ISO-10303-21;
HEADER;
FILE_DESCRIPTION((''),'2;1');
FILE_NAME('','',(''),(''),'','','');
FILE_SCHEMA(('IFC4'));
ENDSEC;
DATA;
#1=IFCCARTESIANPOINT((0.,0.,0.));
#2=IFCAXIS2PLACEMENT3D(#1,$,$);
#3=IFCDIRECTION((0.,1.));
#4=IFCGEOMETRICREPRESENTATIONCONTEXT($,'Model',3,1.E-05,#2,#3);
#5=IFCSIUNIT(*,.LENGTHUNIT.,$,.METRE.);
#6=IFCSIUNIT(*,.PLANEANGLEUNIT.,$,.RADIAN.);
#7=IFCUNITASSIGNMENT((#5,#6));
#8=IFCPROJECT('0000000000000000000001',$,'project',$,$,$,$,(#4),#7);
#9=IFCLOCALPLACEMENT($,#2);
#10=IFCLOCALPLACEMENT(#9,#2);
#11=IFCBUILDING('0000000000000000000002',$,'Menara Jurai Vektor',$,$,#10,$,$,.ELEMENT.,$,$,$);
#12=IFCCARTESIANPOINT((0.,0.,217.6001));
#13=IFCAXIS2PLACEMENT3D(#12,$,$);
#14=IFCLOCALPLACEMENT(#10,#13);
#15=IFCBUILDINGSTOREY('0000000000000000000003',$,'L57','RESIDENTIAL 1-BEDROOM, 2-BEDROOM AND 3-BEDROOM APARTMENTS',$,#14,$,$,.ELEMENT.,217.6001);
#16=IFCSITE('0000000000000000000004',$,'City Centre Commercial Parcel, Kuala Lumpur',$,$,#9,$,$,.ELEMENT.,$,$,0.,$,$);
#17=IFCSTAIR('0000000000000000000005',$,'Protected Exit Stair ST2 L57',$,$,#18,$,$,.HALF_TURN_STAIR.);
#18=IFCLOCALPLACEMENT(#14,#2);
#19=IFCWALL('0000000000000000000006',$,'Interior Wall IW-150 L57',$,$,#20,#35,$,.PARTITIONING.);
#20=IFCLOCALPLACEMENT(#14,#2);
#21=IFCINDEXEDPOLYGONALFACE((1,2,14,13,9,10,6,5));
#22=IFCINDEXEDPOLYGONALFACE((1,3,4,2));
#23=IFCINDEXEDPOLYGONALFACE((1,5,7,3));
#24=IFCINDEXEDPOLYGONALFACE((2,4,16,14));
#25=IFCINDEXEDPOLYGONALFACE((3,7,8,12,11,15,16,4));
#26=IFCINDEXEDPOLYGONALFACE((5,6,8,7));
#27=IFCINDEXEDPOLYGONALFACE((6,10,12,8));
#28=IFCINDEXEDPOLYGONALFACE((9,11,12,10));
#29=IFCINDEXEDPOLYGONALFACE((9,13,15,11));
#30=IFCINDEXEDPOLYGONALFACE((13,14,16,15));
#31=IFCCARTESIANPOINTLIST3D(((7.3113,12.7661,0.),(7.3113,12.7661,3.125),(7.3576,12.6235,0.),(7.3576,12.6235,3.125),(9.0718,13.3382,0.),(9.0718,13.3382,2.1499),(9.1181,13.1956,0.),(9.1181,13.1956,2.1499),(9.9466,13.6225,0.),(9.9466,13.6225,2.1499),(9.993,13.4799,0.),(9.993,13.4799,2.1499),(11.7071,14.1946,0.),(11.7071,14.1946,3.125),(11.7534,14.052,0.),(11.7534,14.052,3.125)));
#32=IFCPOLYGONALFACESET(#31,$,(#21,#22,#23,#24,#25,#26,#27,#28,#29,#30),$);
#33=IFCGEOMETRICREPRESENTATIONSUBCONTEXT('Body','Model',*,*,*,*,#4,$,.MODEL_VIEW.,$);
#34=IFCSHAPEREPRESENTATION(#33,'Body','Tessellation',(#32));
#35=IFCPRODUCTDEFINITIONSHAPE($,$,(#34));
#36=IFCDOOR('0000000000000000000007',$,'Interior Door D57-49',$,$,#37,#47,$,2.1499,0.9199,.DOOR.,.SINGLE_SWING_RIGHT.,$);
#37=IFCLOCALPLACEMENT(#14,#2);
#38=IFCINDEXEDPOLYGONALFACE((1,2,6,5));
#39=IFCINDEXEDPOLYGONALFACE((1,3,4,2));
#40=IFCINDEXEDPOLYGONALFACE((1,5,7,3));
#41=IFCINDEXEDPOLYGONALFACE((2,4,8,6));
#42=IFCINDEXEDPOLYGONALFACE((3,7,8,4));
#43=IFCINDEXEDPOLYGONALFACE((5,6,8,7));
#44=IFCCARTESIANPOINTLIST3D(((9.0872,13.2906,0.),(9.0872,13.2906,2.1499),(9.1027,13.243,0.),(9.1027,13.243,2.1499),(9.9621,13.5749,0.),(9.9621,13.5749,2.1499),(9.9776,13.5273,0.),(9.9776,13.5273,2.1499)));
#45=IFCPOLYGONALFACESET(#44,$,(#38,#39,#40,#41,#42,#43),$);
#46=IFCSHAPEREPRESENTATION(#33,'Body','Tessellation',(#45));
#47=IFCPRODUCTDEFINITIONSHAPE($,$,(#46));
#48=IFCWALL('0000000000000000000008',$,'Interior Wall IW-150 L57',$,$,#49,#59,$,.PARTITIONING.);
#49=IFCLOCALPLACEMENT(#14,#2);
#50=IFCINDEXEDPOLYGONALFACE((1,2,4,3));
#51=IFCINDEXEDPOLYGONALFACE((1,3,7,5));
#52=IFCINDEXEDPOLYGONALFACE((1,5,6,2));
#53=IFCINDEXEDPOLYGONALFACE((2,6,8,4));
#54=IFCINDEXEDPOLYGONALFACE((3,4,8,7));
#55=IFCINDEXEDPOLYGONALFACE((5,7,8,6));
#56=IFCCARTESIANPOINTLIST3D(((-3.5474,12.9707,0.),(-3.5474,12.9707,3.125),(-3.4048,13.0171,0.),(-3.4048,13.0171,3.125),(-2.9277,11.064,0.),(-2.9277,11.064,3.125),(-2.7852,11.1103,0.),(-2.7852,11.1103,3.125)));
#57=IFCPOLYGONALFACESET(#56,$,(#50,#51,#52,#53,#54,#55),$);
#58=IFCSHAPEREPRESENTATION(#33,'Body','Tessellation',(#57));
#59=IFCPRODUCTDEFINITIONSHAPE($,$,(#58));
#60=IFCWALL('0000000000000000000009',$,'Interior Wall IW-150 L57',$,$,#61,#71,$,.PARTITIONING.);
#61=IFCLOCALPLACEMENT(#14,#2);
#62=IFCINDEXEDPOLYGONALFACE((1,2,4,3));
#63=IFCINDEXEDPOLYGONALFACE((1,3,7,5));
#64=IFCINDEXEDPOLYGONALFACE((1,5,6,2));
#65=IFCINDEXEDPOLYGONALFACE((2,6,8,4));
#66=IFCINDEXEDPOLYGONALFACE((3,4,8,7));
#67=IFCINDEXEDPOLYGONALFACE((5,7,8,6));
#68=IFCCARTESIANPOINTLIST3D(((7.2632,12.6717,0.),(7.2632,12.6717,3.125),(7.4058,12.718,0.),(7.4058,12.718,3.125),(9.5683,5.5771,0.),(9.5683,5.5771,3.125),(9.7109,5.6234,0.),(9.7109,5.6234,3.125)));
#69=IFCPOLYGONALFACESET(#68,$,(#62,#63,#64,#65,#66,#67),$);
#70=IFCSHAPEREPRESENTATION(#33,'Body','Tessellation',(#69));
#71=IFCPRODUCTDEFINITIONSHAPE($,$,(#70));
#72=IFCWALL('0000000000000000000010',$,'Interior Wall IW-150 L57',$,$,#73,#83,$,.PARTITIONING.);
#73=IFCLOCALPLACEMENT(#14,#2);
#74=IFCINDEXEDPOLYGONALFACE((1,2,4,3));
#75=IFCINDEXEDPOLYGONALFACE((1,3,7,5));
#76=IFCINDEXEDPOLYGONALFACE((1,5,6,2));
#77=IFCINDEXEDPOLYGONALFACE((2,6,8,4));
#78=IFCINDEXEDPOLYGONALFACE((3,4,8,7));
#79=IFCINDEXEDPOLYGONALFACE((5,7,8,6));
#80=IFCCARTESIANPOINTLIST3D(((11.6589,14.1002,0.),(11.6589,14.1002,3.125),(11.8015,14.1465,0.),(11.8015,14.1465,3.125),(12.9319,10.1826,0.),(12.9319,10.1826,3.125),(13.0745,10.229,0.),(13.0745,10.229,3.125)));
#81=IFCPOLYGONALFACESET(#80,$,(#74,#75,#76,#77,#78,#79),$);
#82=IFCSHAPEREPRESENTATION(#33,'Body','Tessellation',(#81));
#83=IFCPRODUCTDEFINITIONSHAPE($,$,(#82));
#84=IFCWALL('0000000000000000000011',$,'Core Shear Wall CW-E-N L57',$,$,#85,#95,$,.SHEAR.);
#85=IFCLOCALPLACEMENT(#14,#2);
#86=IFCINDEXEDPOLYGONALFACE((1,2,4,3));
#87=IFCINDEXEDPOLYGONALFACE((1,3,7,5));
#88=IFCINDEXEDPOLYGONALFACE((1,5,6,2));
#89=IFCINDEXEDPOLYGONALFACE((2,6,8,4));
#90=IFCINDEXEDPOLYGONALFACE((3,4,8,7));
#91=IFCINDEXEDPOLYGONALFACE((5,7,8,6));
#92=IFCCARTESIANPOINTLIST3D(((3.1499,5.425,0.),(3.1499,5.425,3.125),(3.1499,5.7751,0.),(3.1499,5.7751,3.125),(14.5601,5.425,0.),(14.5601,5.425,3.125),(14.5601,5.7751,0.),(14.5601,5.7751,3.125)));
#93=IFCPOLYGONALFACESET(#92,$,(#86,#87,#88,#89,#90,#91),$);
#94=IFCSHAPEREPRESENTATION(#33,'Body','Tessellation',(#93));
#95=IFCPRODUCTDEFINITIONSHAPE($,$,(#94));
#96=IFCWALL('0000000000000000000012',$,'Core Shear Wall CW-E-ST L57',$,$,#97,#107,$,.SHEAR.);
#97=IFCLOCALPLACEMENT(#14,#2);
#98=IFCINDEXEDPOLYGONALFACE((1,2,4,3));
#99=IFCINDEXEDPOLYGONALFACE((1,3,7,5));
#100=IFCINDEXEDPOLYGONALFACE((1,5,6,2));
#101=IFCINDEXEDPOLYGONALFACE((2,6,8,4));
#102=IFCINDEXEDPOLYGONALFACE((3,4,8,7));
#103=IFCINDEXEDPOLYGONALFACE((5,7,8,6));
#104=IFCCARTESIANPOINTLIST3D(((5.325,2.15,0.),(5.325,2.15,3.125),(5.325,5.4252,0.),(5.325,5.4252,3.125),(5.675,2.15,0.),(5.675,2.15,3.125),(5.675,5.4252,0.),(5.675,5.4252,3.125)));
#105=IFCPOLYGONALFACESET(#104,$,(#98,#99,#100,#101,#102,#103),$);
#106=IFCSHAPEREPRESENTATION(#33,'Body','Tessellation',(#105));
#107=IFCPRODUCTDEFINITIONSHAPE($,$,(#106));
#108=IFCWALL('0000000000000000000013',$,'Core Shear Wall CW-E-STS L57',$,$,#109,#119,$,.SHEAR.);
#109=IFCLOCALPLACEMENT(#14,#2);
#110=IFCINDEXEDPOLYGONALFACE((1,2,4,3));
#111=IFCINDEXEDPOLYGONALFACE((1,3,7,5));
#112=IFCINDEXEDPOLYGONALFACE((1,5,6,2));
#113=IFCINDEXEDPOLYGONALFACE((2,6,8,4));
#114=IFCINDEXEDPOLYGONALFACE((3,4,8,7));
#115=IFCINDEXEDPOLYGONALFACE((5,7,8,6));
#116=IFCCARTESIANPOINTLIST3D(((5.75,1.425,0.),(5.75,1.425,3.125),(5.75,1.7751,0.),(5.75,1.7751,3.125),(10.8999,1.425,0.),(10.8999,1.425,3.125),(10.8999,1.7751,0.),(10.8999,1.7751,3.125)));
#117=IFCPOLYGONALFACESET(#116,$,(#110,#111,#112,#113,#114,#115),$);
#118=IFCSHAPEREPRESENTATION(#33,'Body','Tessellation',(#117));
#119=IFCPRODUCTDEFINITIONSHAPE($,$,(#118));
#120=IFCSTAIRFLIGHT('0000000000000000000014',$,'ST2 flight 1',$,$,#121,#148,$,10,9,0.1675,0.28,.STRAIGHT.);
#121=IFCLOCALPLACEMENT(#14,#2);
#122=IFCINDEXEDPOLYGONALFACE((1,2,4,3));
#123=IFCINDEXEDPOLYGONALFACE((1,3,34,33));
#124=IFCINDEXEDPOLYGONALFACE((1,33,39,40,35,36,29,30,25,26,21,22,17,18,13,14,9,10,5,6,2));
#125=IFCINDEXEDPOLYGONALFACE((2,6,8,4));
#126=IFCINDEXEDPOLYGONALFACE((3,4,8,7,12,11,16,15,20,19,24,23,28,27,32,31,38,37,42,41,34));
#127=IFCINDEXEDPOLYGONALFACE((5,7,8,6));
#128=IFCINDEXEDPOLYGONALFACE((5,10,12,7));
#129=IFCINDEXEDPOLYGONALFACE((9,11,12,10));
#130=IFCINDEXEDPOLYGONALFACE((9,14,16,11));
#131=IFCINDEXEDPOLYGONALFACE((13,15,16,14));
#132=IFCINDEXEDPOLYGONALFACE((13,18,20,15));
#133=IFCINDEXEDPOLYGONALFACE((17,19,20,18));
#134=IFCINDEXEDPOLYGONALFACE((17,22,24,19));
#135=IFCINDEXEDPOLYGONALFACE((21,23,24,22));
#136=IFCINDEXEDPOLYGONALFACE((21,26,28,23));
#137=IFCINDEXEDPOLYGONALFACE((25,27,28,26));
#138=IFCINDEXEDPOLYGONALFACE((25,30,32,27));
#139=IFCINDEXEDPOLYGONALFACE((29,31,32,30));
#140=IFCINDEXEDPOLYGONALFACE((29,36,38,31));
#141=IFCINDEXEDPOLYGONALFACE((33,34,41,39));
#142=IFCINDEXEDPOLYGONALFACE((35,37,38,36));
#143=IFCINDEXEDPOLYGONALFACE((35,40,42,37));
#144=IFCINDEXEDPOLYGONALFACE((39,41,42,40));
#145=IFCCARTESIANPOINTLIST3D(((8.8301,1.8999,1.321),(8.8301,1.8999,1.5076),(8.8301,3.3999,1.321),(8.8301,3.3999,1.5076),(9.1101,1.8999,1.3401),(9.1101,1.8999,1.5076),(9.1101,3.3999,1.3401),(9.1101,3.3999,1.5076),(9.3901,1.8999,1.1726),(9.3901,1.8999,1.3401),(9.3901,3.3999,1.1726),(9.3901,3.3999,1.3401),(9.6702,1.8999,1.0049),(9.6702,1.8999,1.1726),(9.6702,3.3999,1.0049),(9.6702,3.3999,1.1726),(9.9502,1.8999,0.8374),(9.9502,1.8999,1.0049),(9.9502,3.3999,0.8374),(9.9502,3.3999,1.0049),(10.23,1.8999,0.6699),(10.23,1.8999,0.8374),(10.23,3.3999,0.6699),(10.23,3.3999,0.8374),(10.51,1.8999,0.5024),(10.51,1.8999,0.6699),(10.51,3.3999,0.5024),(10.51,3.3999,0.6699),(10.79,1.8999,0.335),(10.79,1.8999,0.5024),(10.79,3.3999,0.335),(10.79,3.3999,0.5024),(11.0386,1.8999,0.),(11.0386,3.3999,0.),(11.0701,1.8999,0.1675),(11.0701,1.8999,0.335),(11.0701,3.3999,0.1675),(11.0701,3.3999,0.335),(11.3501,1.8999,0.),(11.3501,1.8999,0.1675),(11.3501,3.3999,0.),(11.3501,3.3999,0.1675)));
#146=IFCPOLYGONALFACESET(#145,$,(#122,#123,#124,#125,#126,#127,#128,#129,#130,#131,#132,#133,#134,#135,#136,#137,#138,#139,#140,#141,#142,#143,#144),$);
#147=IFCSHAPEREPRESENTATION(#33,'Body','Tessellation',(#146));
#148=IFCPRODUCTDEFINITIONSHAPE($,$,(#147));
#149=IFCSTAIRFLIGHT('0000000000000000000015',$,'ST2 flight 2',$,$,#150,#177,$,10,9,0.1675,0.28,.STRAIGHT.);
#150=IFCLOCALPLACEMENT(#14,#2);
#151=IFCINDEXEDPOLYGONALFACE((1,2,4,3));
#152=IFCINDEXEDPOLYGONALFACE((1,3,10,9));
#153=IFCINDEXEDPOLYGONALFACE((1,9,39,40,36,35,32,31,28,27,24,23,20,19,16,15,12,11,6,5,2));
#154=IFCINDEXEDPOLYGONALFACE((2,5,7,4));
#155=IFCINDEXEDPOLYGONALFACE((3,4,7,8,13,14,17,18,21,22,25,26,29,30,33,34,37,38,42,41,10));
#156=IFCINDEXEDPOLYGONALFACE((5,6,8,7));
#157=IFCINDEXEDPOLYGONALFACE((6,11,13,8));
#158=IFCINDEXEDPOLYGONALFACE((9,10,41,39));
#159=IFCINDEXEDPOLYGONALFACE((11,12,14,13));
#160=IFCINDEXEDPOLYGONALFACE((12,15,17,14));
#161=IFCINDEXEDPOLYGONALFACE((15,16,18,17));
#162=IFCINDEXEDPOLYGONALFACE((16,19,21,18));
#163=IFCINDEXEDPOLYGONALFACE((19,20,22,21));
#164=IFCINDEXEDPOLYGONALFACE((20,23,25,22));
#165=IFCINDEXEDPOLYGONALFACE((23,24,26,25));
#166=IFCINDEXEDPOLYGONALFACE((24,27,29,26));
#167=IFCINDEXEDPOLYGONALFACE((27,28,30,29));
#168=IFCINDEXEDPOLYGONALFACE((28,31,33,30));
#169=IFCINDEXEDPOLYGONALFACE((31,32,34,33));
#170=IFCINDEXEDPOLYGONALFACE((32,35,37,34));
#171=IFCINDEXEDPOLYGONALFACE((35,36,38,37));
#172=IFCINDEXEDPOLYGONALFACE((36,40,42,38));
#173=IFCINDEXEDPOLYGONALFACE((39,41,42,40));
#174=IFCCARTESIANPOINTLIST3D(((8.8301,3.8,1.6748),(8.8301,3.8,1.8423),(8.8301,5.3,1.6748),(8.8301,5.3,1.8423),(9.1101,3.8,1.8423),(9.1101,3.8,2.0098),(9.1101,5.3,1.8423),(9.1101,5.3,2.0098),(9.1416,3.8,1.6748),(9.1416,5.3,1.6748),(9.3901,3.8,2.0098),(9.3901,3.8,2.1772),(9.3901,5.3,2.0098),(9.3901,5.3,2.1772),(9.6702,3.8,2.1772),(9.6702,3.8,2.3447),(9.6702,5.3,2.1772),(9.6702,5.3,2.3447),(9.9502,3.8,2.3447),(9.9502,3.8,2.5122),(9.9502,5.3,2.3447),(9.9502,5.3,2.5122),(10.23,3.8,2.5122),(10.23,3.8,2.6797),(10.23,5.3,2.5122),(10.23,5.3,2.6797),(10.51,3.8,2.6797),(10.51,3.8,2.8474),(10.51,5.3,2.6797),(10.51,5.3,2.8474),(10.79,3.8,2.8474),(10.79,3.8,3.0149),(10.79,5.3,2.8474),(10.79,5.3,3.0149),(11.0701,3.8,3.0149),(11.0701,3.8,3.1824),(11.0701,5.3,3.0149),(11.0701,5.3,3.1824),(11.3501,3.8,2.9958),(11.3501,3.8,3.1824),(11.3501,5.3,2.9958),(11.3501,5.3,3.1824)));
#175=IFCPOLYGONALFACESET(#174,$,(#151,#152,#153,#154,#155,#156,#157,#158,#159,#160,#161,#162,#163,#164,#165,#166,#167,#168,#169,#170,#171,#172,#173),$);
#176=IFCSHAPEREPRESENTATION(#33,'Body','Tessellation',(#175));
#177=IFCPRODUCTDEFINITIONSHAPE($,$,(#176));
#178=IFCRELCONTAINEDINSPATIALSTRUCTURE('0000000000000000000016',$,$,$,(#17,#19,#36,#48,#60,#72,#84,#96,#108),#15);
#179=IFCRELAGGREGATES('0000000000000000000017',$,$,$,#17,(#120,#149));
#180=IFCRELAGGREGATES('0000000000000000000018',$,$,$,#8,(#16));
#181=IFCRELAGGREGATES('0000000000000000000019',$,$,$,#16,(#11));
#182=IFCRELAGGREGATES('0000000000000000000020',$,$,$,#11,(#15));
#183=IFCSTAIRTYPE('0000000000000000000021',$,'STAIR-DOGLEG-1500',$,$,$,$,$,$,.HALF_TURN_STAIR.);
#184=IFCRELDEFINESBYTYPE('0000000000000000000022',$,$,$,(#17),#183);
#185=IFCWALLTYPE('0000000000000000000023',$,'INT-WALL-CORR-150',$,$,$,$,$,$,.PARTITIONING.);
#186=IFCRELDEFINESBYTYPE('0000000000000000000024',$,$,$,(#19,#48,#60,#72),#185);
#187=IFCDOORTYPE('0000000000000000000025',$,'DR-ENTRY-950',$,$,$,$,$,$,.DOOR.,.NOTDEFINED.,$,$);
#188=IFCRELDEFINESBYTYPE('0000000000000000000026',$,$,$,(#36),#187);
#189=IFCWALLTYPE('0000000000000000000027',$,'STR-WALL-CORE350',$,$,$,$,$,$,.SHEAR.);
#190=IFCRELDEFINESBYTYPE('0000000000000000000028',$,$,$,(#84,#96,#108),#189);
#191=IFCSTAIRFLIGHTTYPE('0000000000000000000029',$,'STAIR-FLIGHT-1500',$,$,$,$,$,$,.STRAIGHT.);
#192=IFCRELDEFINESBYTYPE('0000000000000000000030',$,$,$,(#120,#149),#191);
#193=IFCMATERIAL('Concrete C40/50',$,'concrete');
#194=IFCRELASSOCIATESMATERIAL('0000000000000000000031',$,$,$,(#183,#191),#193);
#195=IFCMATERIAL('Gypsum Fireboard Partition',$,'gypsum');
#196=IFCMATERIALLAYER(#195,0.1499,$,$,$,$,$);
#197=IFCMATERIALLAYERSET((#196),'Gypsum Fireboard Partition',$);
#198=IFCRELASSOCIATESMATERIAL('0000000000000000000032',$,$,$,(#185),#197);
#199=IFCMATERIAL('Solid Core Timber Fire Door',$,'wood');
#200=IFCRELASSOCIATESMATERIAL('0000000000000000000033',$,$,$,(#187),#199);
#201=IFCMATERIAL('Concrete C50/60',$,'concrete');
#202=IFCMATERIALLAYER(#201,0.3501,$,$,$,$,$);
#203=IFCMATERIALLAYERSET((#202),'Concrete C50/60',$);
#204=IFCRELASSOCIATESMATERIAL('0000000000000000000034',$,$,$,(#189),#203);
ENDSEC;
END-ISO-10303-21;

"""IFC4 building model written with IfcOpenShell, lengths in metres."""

from ifc_helpers import new_model, si_unit, direction, frame, frame_2d, origin, place, context, subcontext, project, spatial, polyline, rectangle, outline, extrude, material, layer, layer_set, type_object, element, fill, aggregate, save


model = new_model("IFC4")

# Units and contexts
model_context = context("Model", 3, precision=1e-05, world=origin(), true_north=direction((0.0, 1.0)))
body_context = subcontext(model_context, "Body", "Model", "MODEL_VIEW")
ifc_project = project(units=[si_unit("LENGTHUNIT", "METRE"), si_unit("PLANEANGLEUNIT", "RADIAN")], contexts=[model_context])

# Site, building, storey
site_placement = place(None, origin())
site = spatial("IfcSite", under=ifc_project, at=site_placement, Name="City Centre Commercial Parcel, Kuala Lumpur", CompositionType="ELEMENT", RefElevation=0.0)
building_placement = place(site_placement, origin())
building = spatial("IfcBuilding", under=site, at=building_placement, Name="Menara Jurai Vektor", CompositionType="ELEMENT")
storey_placement = place(building_placement, frame((0.0, 0.0, 217.6001)))
storey = spatial("IfcBuildingStorey", under=building, at=storey_placement, Name="L57", Description="RESIDENTIAL 1-BEDROOM, 2-BEDROOM AND 3-BEDROOM APARTMENTS", CompositionType="ELEMENT", Elevation=217.6001)

# Shared definitions
ifc_material_1 = material(Name="Concrete C50/60", Category="concrete")

# Stair
ifc_material_2 = material(Name="Concrete C40/50", Category="concrete")
stair_type = type_object("IfcStairType", Name="STAIR-DOGLEG-1500", PredefinedType="HALF_TURN_STAIR", material=ifc_material_2)
stair_1_placement = place(storey_placement, origin())
stair_1 = element("IfcStair", 1, at=stair_1_placement, inside=storey, type_object=stair_type, Name="Protected Exit Stair ST2 L57", PredefinedType="HALF_TURN_STAIR")

# Shared definitions
ifc_material_3 = material(Name="Gypsum Fireboard Partition", Category="gypsum")
ifc_layer_1 = layer(ifc_material_3, 0.1499)
ifc_layer_set_1 = layer_set([ifc_layer_1], Name="Gypsum Fireboard Partition")
wall_type_1 = type_object("IfcWallType", Name="INT-WALL-CORR-150", PredefinedType="PARTITIONING", material=ifc_layer_set_1)

# Shared definitions
ifc_material_4 = material(Name="Solid Core Timber Fire Door", Category="wood")
door_type_1 = type_object("IfcDoorType", Name="DR-ENTRY-950", OperationType="NOTDEFINED", PredefinedType="DOOR", material=ifc_material_4)

# Wall, opening, door
wall_1_placement = place(storey_placement, frame((7.3345, 12.6948, 0.0), z_axis=(0.0, 0.0, 1.0), x_axis=(0.951044, 0.309056, 0.0)))
wall_1 = element("IfcWall", 2, at=wall_1_placement, inside=storey, type_object=wall_type_1, Name="Interior Wall IW-150 L57", PredefinedType="PARTITIONING", context=body_context, shape_type="SweptSolid", body=[
    extrude(rectangle(XDim=4.6221, YDim=0.1499, at=frame_2d((2.311, 0.0))), origin(), (0.0, 0.0, 1.0), 3.125),
])
opening_1_placement = place(wall_1_placement, frame((1.8511, 0.0, 0.0)))
opening_1 = element("IfcOpeningElement", 3, at=opening_1_placement, cuts=wall_1, PredefinedType="OPENING", context=body_context, shape_type="SweptSolid", body=[
    extrude(rectangle(XDim=0.9199, YDim=2.1499, at=frame_2d((0.46, 1.075))), frame((0.0, 0.085, 0.0), z_axis=(0.0, -1.0, 0.0), x_axis=(1.0, 0.0, 0.0)), (0.0, 0.0, 1.0), 0.1699),
])
door_1_placement = place(opening_1_placement, origin())
door_1 = element("IfcDoor", 4, at=door_1_placement, inside=storey, type_object=door_type_1, Name="Interior Door D57-49", OperationType="SINGLE_SWING_RIGHT", OverallHeight=2.1499, OverallWidth=0.9199, PredefinedType="DOOR", context=body_context, shape_type="SweptSolid", body=[
    extrude(rectangle(XDim=0.9199, YDim=2.1499, at=frame_2d((0.46, 1.075))), frame((0.0, 0.0249, 0.0), z_axis=(0.0, -1.0, 0.0), x_axis=(1.0, 0.0, 0.0)), (0.0, 0.0, 1.0), 0.05),
])
fill(opening_1, door_1)

# Walls
wall_2_placement = place(storey_placement, frame((-2.8564, 11.0872, 0.0), z_axis=(0.0, 0.0, 1.0), x_axis=(-0.309059, 0.951043, 0.0)))
element("IfcWall", 5, at=wall_2_placement, inside=storey, type_object=wall_type_1, Name="Interior Wall IW-150 L57", PredefinedType="PARTITIONING", context=body_context, shape_type="SweptSolid", body=[
    extrude(rectangle(XDim=2.0049, YDim=0.1499, at=frame_2d((1.0024, 0.0))), origin(), (0.0, 0.0, 1.0), 3.125),
])
wall_3_placement = place(storey_placement, frame((9.6396, 5.6001, 0.0), z_axis=(0.0, 0.0, 1.0), x_axis=(-0.309012, 0.951058, 0.0)))
element("IfcWall", 6, at=wall_3_placement, inside=storey, type_object=wall_type_1, Name="Interior Wall IW-150 L57", PredefinedType="PARTITIONING", context=body_context, shape_type="SweptSolid", body=[
    extrude(rectangle(XDim=7.4597, YDim=0.1499, at=frame_2d((3.73, 0.0))), origin(), (0.0, 0.0, 1.0), 3.125),
])
wall_4_placement = place(storey_placement, frame((13.0032, 10.2058, 0.0), z_axis=(0.0, 0.0, 1.0), x_axis=(-0.309035, 0.951051, 0.0)))
element("IfcWall", 7, at=wall_4_placement, inside=storey, type_object=wall_type_1, Name="Interior Wall IW-150 L57", PredefinedType="PARTITIONING", context=body_context, shape_type="SweptSolid", body=[
    extrude(rectangle(XDim=4.1191, YDim=0.1499, at=frame_2d((2.0596, 0.0))), origin(), (0.0, 0.0, 1.0), 3.125),
])
ifc_layer_2 = layer(ifc_material_1, 0.3501)
ifc_layer_set_2 = layer_set([ifc_layer_2], Name="Concrete C50/60")
wall_type_2 = type_object("IfcWallType", Name="STR-WALL-CORE350", PredefinedType="SHEAR", material=ifc_layer_set_2)
wall_5_placement = place(storey_placement, frame((3.1499, 5.6001, 0.0), z_axis=(0.0, 0.0, 1.0), x_axis=(1.0, 0.0, 0.0)))
element("IfcWall", 8, at=wall_5_placement, inside=storey, type_object=wall_type_2, Name="Core Shear Wall CW-E-N L57", PredefinedType="SHEAR", context=body_context, shape_type="SweptSolid", body=[
    extrude(rectangle(XDim=11.4102, YDim=0.3501, at=frame_2d((5.7051, 0.0))), origin(), (0.0, 0.0, 1.0), 3.125),
])
wall_6_placement = place(storey_placement, frame((5.5, 2.1499, 0.0), z_axis=(0.0, 0.0, 1.0), x_axis=(0.0, 1.0, 0.0)))
element("IfcWall", 9, at=wall_6_placement, inside=storey, type_object=wall_type_2, Name="Core Shear Wall CW-E-ST L57", PredefinedType="SHEAR", context=body_context, shape_type="SweptSolid", body=[
    extrude(rectangle(XDim=3.2751, YDim=0.3501, at=frame_2d((1.6377, 0.0))), origin(), (0.0, 0.0, 1.0), 3.125),
])
wall_7_placement = place(storey_placement, frame((5.75, 1.6001, 0.0), z_axis=(0.0, 0.0, 1.0), x_axis=(1.0, 0.0, 0.0)))
element("IfcWall", 10, at=wall_7_placement, inside=storey, type_object=wall_type_2, Name="Core Shear Wall CW-E-STS L57", PredefinedType="SHEAR", context=body_context, shape_type="SweptSolid", body=[
    extrude(rectangle(XDim=5.1499, YDim=0.3501, at=frame_2d((2.575, 0.0))), origin(), (0.0, 0.0, 1.0), 3.125),
])

# Stair flights
stair_flight_type = type_object("IfcStairFlightType", Name="STAIR-FLIGHT-1500", PredefinedType="STRAIGHT", material=ifc_material_2)
stair_flight_1_placement = place(storey_placement, frame((11.3501, 2.6499, 0.0), z_axis=(0.0, 0.0, 1.0), x_axis=(-1.0, 0.0, 0.0)))
stair_flight_1 = element("IfcStairFlight", 11, at=stair_flight_1_placement, type_object=stair_flight_type, Name="ST2 flight 1", NumberOfRisers=10, NumberOfTreads=9, PredefinedType="STRAIGHT", RiserHeight=0.1675, TreadLength=0.28, context=body_context, shape_type="SweptSolid", body=[
    extrude(outline(polyline([(0.0, 0.0), (0.0, 0.1675), (0.28, 0.1675), (0.28, 0.335), (0.5601, 0.335), (0.5601, 0.5024), (0.8401, 0.5024), (0.8401, 0.6699), (1.1201, 0.6699), (1.1201, 0.8374), (1.3999, 0.8374), (1.3999, 1.0049), (1.6799, 1.0049), (1.6799, 1.1726), (1.96, 1.1726), (1.96, 1.3401), (2.24, 1.3401), (2.24, 1.5076), (2.52, 1.5076), (2.52, 1.675), (2.52, 1.321), (0.3115, 0.0), (0.0, 0.0)])), frame((0.0, 0.75, 0.0), z_axis=(0.0, -1.0, 0.0), x_axis=(1.0, 0.0, 0.0)), (0.0, 0.0, 1.0), 1.5),
])
stair_flight_2_placement = place(storey_placement, frame((8.8301, 4.55, 1.6748), z_axis=(0.0, 0.0, 1.0), x_axis=(1.0, 0.0, 0.0)))
stair_flight_2 = element("IfcStairFlight", 12, at=stair_flight_2_placement, type_object=stair_flight_type, Name="ST2 flight 2", NumberOfRisers=10, NumberOfTreads=9, PredefinedType="STRAIGHT", RiserHeight=0.1675, TreadLength=0.28, context=body_context, shape_type="SweptSolid", body=[
    extrude(outline(polyline([(0.0, 0.0), (0.0, 0.1675), (0.28, 0.1675), (0.28, 0.335), (0.5601, 0.335), (0.5601, 0.5024), (0.8401, 0.5024), (0.8401, 0.6699), (1.1201, 0.6699), (1.1201, 0.8374), (1.3999, 0.8374), (1.3999, 1.0049), (1.6799, 1.0049), (1.6799, 1.1726), (1.96, 1.1726), (1.96, 1.3401), (2.24, 1.3401), (2.24, 1.5076), (2.52, 1.5076), (2.52, 1.675), (2.52, 1.321), (0.3115, 0.0), (0.0, 0.0)])), frame((0.0, 0.75, 0.0), z_axis=(0.0, -1.0, 0.0), x_axis=(1.0, 0.0, 0.0)), (0.0, 0.0, 1.0), 1.5),
])
aggregate(stair_1, [stair_flight_1, stair_flight_2])

save(model, "model.ifc")
